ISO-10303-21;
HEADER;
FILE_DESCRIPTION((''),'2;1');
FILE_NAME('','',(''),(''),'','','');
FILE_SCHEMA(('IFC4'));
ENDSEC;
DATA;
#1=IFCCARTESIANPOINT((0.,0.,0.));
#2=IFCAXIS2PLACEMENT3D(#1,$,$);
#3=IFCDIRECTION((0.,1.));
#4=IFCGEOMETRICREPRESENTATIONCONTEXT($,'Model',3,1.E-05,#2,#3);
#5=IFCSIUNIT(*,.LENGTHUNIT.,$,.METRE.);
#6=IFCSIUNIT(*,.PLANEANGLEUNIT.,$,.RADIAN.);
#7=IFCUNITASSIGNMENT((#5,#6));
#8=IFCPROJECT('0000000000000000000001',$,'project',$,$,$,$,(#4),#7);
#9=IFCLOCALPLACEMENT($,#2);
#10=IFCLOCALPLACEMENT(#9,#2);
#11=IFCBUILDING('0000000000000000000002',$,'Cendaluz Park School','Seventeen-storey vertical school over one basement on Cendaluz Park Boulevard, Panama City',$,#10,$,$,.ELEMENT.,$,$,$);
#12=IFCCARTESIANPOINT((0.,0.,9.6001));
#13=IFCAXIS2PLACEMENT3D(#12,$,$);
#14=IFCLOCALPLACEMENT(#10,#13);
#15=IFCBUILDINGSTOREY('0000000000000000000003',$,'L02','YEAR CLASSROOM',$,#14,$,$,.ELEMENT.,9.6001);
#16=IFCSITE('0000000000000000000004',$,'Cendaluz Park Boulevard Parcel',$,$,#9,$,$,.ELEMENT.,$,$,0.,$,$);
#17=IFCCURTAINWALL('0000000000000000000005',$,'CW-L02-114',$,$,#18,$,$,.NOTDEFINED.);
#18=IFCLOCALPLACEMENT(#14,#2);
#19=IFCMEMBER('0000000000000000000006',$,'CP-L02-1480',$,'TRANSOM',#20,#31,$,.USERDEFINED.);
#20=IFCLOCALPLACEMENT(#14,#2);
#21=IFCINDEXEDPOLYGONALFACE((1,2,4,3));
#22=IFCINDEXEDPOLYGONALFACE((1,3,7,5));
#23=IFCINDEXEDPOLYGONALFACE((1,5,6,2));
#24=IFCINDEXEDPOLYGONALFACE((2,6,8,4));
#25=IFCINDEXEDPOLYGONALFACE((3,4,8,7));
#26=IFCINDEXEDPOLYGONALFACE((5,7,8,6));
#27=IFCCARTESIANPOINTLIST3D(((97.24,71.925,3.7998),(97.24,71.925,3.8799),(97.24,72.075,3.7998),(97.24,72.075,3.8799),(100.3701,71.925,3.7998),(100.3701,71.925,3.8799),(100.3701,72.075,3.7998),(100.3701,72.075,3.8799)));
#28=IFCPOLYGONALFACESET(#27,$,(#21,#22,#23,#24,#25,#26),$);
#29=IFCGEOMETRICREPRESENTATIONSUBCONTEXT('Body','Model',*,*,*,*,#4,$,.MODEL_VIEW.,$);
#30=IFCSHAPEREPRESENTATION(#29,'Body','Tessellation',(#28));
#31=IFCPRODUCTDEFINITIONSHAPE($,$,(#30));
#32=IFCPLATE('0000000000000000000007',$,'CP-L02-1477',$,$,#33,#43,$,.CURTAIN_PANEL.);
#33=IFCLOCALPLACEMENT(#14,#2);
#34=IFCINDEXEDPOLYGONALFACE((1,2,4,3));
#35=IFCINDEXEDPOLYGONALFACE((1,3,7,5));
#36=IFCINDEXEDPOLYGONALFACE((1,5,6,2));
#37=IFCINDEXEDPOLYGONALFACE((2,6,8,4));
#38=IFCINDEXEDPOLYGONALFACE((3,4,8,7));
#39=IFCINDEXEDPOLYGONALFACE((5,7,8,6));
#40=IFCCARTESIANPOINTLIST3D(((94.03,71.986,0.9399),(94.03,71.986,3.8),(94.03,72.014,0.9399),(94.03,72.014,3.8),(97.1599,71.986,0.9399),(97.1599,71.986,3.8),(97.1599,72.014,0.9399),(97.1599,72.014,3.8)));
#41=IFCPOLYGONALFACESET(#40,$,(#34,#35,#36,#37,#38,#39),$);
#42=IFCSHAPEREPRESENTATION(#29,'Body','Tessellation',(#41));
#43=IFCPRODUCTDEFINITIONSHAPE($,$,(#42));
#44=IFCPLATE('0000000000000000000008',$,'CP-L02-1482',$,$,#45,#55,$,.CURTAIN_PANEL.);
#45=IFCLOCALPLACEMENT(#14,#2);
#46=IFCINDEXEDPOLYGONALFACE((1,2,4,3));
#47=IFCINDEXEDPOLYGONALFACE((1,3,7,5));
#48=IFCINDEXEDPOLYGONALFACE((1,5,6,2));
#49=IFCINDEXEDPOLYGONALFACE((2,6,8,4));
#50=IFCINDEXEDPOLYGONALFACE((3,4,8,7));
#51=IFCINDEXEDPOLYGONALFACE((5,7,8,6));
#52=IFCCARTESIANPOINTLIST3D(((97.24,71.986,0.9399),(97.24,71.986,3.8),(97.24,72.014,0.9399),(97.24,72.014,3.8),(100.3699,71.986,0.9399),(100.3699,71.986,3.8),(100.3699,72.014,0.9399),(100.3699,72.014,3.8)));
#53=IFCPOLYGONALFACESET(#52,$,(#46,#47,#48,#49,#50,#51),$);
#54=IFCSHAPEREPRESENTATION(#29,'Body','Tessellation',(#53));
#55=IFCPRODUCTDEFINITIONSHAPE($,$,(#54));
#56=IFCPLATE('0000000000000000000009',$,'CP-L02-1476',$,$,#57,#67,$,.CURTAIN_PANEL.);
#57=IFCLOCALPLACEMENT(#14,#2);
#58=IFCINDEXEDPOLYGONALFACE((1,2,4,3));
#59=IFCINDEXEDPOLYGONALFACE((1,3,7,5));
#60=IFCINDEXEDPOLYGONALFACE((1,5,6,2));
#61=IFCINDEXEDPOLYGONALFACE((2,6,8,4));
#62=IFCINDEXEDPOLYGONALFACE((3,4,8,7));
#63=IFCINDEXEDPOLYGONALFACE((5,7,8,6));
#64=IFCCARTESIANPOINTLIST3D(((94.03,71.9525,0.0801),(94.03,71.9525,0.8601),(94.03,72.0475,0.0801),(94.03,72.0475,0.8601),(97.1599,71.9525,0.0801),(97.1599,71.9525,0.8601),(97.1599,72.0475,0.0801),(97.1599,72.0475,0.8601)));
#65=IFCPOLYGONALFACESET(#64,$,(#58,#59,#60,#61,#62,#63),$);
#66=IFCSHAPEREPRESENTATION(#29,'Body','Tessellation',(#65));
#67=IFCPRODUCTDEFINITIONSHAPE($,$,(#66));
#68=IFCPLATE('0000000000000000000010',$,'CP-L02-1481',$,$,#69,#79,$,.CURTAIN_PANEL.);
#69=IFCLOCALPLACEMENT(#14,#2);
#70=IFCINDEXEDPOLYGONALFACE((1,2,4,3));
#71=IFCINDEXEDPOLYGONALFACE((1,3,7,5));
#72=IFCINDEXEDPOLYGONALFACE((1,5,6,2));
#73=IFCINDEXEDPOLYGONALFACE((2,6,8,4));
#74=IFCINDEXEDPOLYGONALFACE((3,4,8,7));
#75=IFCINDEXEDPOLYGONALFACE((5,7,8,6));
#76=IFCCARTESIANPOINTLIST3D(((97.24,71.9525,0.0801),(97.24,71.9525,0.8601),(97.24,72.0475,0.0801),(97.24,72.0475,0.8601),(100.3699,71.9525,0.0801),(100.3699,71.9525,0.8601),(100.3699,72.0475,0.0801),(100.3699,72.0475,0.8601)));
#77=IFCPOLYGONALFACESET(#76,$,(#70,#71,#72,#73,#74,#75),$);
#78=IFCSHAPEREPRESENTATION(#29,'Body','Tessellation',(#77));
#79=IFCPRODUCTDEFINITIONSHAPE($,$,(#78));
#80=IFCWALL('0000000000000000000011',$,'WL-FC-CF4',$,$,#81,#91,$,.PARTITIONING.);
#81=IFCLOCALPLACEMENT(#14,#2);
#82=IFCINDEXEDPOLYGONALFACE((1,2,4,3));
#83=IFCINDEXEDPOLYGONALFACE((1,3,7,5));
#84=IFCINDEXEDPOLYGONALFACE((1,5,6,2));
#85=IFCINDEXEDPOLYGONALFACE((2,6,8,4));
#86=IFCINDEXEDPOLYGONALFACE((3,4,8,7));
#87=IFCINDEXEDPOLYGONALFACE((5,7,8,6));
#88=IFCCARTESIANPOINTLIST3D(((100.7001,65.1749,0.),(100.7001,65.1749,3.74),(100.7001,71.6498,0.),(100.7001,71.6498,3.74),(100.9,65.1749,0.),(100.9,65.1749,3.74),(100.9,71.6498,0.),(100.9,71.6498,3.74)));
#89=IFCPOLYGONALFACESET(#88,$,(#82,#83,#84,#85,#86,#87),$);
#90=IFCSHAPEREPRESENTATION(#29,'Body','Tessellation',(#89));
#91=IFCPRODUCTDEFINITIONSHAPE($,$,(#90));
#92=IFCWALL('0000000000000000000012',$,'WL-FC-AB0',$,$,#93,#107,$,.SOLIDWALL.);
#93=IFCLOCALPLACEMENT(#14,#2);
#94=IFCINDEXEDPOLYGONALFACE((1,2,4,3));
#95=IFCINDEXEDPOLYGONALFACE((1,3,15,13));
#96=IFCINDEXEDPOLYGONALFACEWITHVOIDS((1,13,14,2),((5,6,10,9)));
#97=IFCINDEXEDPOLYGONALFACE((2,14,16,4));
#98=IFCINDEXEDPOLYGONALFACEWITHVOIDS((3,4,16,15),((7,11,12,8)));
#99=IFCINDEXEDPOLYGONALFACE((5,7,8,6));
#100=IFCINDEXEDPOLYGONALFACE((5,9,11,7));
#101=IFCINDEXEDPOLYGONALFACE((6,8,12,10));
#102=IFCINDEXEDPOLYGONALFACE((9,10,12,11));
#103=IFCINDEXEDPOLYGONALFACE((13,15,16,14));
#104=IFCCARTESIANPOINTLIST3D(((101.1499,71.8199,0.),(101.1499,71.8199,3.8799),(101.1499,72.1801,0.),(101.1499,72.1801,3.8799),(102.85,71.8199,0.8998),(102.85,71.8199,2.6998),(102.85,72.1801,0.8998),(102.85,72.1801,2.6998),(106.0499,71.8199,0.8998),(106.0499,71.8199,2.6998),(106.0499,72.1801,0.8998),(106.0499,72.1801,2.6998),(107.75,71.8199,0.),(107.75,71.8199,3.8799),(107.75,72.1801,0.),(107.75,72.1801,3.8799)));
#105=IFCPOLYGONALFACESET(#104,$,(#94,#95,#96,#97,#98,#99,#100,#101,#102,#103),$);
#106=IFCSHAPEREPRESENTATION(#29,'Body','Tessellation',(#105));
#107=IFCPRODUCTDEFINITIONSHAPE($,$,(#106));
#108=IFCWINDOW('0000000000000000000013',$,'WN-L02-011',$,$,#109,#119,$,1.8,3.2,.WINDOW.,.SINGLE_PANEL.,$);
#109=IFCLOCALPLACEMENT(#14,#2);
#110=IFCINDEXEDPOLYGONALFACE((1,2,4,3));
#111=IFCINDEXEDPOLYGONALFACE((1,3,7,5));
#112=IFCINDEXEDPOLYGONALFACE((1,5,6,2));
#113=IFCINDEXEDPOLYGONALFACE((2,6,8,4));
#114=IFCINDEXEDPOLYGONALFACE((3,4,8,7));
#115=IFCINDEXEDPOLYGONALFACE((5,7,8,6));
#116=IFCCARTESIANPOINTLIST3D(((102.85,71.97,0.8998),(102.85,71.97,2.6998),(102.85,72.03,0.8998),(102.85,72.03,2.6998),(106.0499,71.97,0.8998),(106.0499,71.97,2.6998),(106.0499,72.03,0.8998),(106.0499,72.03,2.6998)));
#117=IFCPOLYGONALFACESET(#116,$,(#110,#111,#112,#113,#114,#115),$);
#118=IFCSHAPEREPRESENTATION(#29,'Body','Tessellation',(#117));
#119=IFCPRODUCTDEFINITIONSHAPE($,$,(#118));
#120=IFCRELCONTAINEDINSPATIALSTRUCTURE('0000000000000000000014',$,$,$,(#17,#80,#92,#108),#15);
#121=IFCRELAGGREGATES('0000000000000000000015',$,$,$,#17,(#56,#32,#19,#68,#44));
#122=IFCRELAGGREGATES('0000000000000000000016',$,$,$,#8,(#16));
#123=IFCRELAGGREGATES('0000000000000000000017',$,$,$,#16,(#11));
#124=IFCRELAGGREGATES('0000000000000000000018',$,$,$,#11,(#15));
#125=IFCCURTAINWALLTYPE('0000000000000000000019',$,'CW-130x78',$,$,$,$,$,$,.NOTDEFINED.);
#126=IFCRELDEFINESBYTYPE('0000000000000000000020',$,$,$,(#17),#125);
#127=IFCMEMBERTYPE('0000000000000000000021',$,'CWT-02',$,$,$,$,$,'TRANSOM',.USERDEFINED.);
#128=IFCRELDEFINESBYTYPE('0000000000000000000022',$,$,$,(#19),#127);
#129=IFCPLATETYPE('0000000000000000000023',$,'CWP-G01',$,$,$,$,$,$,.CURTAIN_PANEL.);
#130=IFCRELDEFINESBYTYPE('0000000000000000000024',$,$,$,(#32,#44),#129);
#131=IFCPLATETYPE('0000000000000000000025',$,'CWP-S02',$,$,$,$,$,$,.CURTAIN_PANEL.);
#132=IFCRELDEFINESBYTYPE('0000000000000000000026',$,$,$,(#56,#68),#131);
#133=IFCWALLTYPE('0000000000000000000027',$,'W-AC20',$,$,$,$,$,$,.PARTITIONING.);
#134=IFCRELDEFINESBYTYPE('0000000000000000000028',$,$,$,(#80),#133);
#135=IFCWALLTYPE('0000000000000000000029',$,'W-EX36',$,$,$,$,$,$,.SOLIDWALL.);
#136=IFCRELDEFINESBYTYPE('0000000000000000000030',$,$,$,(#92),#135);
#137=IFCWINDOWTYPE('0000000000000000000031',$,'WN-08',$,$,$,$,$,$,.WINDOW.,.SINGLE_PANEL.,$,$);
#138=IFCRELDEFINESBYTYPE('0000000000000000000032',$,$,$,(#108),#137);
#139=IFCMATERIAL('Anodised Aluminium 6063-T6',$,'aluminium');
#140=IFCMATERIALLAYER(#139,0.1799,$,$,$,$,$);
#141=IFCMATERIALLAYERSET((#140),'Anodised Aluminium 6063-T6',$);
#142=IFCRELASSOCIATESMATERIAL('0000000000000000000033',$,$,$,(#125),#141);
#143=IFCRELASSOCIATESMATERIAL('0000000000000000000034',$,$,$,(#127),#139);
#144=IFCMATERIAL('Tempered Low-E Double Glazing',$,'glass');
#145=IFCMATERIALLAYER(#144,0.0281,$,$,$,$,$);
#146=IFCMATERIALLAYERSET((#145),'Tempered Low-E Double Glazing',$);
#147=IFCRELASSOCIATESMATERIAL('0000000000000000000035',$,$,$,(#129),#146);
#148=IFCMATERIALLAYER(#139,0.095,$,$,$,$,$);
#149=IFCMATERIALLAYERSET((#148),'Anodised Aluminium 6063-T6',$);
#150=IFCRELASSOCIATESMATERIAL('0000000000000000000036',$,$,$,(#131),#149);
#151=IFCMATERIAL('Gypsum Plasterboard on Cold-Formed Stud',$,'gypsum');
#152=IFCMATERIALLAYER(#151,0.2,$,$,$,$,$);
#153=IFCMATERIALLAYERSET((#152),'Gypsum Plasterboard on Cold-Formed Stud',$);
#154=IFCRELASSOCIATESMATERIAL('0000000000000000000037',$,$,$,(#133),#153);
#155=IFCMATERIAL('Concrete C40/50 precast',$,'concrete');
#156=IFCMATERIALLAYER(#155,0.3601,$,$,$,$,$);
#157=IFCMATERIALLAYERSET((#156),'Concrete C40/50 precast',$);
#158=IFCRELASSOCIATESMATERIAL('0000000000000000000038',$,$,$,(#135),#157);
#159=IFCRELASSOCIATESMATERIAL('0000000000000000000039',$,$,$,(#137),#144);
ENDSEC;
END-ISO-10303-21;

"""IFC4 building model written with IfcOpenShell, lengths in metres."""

from ifc_helpers import new_model, si_unit, direction, frame, frame_2d, origin, origin_2d, place, context, subcontext, project, spatial, rectangle, extrude, material, layer, layer_set, material_profile, profile_set, type_object, element, fill, aggregate, save


model = new_model("IFC4")

# Units and contexts
model_context = context("Model", 3, precision=1e-05, world=origin(), true_north=direction((0.0, 1.0)))
body_context = subcontext(model_context, "Body", "Model", "MODEL_VIEW")
ifc_project = project(units=[si_unit("LENGTHUNIT", "METRE"), si_unit("PLANEANGLEUNIT", "RADIAN")], contexts=[model_context])

# Site, building, storey
site_placement = place(None, origin())
site = spatial("IfcSite", under=ifc_project, at=site_placement, Name="Cendaluz Park Boulevard Parcel", CompositionType="ELEMENT", RefElevation=0.0)
building_placement = place(site_placement, origin())
building = spatial("IfcBuilding", under=site, at=building_placement, Name="Cendaluz Park School", Description="Seventeen-storey vertical school over one basement on Cendaluz Park Boulevard, Panama City", CompositionType="ELEMENT")
storey_placement = place(building_placement, frame((0.0, 0.0, 9.6001)))
storey = spatial("IfcBuildingStorey", under=building, at=storey_placement, Name="L02", Description="YEAR CLASSROOM", CompositionType="ELEMENT", Elevation=9.6001)

# Curtain wall, member, plates
ifc_material_1 = material(Name="Anodised Aluminium 6063-T6", Category="aluminium")
ifc_layer_1 = layer(ifc_material_1, 0.1799)
ifc_layer_set_1 = layer_set([ifc_layer_1], Name="Anodised Aluminium 6063-T6")
curtain_wall_type = type_object("IfcCurtainWallType", Name="CW-130x78", PredefinedType="NOTDEFINED", material=ifc_layer_set_1)
curtain_wall_placement = place(storey_placement, origin())
curtain_wall = element("IfcCurtainWall", 1, at=curtain_wall_placement, inside=storey, type_object=curtain_wall_type, Name="CW-L02-114", PredefinedType="NOTDEFINED")
ifc_material_profile_1 = material_profile(ifc_material_1, rectangle(XDim=0.1499, YDim=0.0801, at=origin_2d()), Name="CWT 150x80", Category="aluminium")
ifc_profile_set_1 = profile_set([ifc_material_profile_1], Name="Anodised Aluminium 6063-T6")
member_type_1 = type_object("IfcMemberType", Name="CWT-02", ElementType="TRANSOM", PredefinedType="USERDEFINED", material=ifc_profile_set_1)
member_1_placement = place(storey_placement, frame((97.24, 72.0, 3.8398), z_axis=(1.0, 0.0, 0.0), x_axis=(0.0, 1.0, 0.0)))
member_1 = element("IfcMember", 2, at=member_1_placement, type_object=member_type_1, Name="CP-L02-1480", ObjectType="TRANSOM", PredefinedType="USERDEFINED", context=body_context, shape_type="SweptSolid", body=[
    extrude(rectangle(XDim=0.1499, YDim=0.0801, at=origin_2d()), origin(), (0.0, 0.0, 1.0), 3.1301),
])
ifc_material_2 = material(Name="Tempered Low-E Double Glazing", Category="glass")
ifc_layer_2 = layer(ifc_material_2, 0.0281)
ifc_layer_set_2 = layer_set([ifc_layer_2], Name="Tempered Low-E Double Glazing")
plate_type_1 = type_object("IfcPlateType", Name="CWP-G01", PredefinedType="CURTAIN_PANEL", material=ifc_layer_set_2)
plate_1_placement = place(storey_placement, frame((95.595, 72.0, 0.9399), z_axis=(0.0, 0.0, 1.0), x_axis=(1.0, 0.0, 0.0)))
plate_1 = element("IfcPlate", 3, at=plate_1_placement, type_object=plate_type_1, Name="CP-L02-1477", PredefinedType="CURTAIN_PANEL", context=body_context, shape_type="SweptSolid", body=[
    extrude(rectangle(XDim=3.1299, YDim=0.0281, at=origin_2d()), origin(), (0.0, 0.0, 1.0), 2.8601),
])
plate_2_placement = place(storey_placement, frame((98.8049, 72.0, 0.9399), z_axis=(0.0, 0.0, 1.0), x_axis=(1.0, 0.0, 0.0)))
plate_2 = element("IfcPlate", 4, at=plate_2_placement, type_object=plate_type_1, Name="CP-L02-1482", PredefinedType="CURTAIN_PANEL", context=body_context, shape_type="SweptSolid", body=[
    extrude(rectangle(XDim=3.1299, YDim=0.0281, at=origin_2d()), origin(), (0.0, 0.0, 1.0), 2.8601),
])
ifc_layer_3 = layer(ifc_material_1, 0.095)
ifc_layer_set_3 = layer_set([ifc_layer_3], Name="Anodised Aluminium 6063-T6")
plate_type_2 = type_object("IfcPlateType", Name="CWP-S02", PredefinedType="CURTAIN_PANEL", material=ifc_layer_set_3)
plate_3_placement = place(storey_placement, frame((95.595, 72.0, 0.0801), z_axis=(0.0, 0.0, 1.0), x_axis=(1.0, 0.0, 0.0)))
plate_3 = element("IfcPlate", 5, at=plate_3_placement, type_object=plate_type_2, Name="CP-L02-1476", PredefinedType="CURTAIN_PANEL", context=body_context, shape_type="SweptSolid", body=[
    extrude(rectangle(XDim=3.1299, YDim=0.095, at=origin_2d()), origin(), (0.0, 0.0, 1.0), 0.78),
])
plate_4_placement = place(storey_placement, frame((98.8049, 72.0, 0.0801), z_axis=(0.0, 0.0, 1.0), x_axis=(1.0, 0.0, 0.0)))
plate_4 = element("IfcPlate", 6, at=plate_4_placement, type_object=plate_type_2, Name="CP-L02-1481", PredefinedType="CURTAIN_PANEL", context=body_context, shape_type="SweptSolid", body=[
    extrude(rectangle(XDim=3.1299, YDim=0.095, at=origin_2d()), origin(), (0.0, 0.0, 1.0), 0.78),
])
aggregate(curtain_wall, [plate_3, plate_1, member_1, plate_4, plate_2])

# Wall
ifc_material_3 = material(Name="Gypsum Plasterboard on Cold-Formed Stud", Category="gypsum")
ifc_layer_4 = layer(ifc_material_3, 0.2)
ifc_layer_set_4 = layer_set([ifc_layer_4], Name="Gypsum Plasterboard on Cold-Formed Stud")
wall_type_1 = type_object("IfcWallType", Name="W-AC20", PredefinedType="PARTITIONING", material=ifc_layer_set_4)
wall_1_placement = place(storey_placement, frame((100.8, 65.175, 0.0), z_axis=(0.0, 0.0, 1.0), x_axis=(0.0, 1.0, 0.0)))
element("IfcWall", 7, at=wall_1_placement, inside=storey, type_object=wall_type_1, Name="WL-FC-CF4", PredefinedType="PARTITIONING", context=body_context, shape_type="SweptSolid", body=[
    extrude(rectangle(XDim=6.4749, YDim=0.2, at=frame_2d((3.2373, 0.0))), origin(), (0.0, 0.0, 1.0), 3.74),
])

# Wall, opening, window
ifc_material_4 = material(Name="Concrete C40/50 precast", Category="concrete")
ifc_layer_5 = layer(ifc_material_4, 0.3601)
ifc_layer_set_5 = layer_set([ifc_layer_5], Name="Concrete C40/50 precast")
wall_type_2 = type_object("IfcWallType", Name="W-EX36", PredefinedType="SOLIDWALL", material=ifc_layer_set_5)
wall_2_placement = place(storey_placement, frame((101.1499, 72.0, 0.0), z_axis=(0.0, 0.0, 1.0), x_axis=(1.0, 0.0, 0.0)))
wall_2 = element("IfcWall", 8, at=wall_2_placement, inside=storey, type_object=wall_type_2, Name="WL-FC-AB0", PredefinedType="SOLIDWALL", context=body_context, shape_type="SweptSolid", body=[
    extrude(rectangle(XDim=6.6001, YDim=0.3601, at=frame_2d((3.3, 0.0))), origin(), (0.0, 0.0, 1.0), 3.8799),
])
opening_placement = place(wall_2_placement, frame((1.7, 0.0, 0.8999)))
opening = element("IfcOpeningElement", 9, at=opening_placement, cuts=wall_2, PredefinedType="OPENING", context=body_context, shape_type="SweptSolid", body=[
    extrude(rectangle(XDim=3.2, YDim=1.8, at=frame_2d((1.6001, 0.8999))), frame((0.0, 0.1921, 0.0), z_axis=(0.0, -1.0, 0.0), x_axis=(1.0, 0.0, 0.0)), (0.0, 0.0, 1.0), 0.384),
])
window_type = type_object("IfcWindowType", Name="WN-08", PartitioningType="SINGLE_PANEL", PredefinedType="WINDOW", material=ifc_material_2)
window_placement = place(opening_placement, origin())
window = element("IfcWindow", 10, at=window_placement, inside=storey, type_object=window_type, Name="WN-L02-011", OverallHeight=1.8, OverallWidth=3.2, PartitioningType="SINGLE_PANEL", PredefinedType="WINDOW", context=body_context, shape_type="SweptSolid", body=[
    extrude(rectangle(XDim=3.2, YDim=1.8, at=frame_2d((1.6001, 0.8999))), frame((0.0, 0.03, 0.0), z_axis=(0.0, -1.0, 0.0), x_axis=(1.0, 0.0, 0.0)), (0.0, 0.0, 1.0), 0.0601),
])
fill(opening, window)

save(model, "model.ifc")
